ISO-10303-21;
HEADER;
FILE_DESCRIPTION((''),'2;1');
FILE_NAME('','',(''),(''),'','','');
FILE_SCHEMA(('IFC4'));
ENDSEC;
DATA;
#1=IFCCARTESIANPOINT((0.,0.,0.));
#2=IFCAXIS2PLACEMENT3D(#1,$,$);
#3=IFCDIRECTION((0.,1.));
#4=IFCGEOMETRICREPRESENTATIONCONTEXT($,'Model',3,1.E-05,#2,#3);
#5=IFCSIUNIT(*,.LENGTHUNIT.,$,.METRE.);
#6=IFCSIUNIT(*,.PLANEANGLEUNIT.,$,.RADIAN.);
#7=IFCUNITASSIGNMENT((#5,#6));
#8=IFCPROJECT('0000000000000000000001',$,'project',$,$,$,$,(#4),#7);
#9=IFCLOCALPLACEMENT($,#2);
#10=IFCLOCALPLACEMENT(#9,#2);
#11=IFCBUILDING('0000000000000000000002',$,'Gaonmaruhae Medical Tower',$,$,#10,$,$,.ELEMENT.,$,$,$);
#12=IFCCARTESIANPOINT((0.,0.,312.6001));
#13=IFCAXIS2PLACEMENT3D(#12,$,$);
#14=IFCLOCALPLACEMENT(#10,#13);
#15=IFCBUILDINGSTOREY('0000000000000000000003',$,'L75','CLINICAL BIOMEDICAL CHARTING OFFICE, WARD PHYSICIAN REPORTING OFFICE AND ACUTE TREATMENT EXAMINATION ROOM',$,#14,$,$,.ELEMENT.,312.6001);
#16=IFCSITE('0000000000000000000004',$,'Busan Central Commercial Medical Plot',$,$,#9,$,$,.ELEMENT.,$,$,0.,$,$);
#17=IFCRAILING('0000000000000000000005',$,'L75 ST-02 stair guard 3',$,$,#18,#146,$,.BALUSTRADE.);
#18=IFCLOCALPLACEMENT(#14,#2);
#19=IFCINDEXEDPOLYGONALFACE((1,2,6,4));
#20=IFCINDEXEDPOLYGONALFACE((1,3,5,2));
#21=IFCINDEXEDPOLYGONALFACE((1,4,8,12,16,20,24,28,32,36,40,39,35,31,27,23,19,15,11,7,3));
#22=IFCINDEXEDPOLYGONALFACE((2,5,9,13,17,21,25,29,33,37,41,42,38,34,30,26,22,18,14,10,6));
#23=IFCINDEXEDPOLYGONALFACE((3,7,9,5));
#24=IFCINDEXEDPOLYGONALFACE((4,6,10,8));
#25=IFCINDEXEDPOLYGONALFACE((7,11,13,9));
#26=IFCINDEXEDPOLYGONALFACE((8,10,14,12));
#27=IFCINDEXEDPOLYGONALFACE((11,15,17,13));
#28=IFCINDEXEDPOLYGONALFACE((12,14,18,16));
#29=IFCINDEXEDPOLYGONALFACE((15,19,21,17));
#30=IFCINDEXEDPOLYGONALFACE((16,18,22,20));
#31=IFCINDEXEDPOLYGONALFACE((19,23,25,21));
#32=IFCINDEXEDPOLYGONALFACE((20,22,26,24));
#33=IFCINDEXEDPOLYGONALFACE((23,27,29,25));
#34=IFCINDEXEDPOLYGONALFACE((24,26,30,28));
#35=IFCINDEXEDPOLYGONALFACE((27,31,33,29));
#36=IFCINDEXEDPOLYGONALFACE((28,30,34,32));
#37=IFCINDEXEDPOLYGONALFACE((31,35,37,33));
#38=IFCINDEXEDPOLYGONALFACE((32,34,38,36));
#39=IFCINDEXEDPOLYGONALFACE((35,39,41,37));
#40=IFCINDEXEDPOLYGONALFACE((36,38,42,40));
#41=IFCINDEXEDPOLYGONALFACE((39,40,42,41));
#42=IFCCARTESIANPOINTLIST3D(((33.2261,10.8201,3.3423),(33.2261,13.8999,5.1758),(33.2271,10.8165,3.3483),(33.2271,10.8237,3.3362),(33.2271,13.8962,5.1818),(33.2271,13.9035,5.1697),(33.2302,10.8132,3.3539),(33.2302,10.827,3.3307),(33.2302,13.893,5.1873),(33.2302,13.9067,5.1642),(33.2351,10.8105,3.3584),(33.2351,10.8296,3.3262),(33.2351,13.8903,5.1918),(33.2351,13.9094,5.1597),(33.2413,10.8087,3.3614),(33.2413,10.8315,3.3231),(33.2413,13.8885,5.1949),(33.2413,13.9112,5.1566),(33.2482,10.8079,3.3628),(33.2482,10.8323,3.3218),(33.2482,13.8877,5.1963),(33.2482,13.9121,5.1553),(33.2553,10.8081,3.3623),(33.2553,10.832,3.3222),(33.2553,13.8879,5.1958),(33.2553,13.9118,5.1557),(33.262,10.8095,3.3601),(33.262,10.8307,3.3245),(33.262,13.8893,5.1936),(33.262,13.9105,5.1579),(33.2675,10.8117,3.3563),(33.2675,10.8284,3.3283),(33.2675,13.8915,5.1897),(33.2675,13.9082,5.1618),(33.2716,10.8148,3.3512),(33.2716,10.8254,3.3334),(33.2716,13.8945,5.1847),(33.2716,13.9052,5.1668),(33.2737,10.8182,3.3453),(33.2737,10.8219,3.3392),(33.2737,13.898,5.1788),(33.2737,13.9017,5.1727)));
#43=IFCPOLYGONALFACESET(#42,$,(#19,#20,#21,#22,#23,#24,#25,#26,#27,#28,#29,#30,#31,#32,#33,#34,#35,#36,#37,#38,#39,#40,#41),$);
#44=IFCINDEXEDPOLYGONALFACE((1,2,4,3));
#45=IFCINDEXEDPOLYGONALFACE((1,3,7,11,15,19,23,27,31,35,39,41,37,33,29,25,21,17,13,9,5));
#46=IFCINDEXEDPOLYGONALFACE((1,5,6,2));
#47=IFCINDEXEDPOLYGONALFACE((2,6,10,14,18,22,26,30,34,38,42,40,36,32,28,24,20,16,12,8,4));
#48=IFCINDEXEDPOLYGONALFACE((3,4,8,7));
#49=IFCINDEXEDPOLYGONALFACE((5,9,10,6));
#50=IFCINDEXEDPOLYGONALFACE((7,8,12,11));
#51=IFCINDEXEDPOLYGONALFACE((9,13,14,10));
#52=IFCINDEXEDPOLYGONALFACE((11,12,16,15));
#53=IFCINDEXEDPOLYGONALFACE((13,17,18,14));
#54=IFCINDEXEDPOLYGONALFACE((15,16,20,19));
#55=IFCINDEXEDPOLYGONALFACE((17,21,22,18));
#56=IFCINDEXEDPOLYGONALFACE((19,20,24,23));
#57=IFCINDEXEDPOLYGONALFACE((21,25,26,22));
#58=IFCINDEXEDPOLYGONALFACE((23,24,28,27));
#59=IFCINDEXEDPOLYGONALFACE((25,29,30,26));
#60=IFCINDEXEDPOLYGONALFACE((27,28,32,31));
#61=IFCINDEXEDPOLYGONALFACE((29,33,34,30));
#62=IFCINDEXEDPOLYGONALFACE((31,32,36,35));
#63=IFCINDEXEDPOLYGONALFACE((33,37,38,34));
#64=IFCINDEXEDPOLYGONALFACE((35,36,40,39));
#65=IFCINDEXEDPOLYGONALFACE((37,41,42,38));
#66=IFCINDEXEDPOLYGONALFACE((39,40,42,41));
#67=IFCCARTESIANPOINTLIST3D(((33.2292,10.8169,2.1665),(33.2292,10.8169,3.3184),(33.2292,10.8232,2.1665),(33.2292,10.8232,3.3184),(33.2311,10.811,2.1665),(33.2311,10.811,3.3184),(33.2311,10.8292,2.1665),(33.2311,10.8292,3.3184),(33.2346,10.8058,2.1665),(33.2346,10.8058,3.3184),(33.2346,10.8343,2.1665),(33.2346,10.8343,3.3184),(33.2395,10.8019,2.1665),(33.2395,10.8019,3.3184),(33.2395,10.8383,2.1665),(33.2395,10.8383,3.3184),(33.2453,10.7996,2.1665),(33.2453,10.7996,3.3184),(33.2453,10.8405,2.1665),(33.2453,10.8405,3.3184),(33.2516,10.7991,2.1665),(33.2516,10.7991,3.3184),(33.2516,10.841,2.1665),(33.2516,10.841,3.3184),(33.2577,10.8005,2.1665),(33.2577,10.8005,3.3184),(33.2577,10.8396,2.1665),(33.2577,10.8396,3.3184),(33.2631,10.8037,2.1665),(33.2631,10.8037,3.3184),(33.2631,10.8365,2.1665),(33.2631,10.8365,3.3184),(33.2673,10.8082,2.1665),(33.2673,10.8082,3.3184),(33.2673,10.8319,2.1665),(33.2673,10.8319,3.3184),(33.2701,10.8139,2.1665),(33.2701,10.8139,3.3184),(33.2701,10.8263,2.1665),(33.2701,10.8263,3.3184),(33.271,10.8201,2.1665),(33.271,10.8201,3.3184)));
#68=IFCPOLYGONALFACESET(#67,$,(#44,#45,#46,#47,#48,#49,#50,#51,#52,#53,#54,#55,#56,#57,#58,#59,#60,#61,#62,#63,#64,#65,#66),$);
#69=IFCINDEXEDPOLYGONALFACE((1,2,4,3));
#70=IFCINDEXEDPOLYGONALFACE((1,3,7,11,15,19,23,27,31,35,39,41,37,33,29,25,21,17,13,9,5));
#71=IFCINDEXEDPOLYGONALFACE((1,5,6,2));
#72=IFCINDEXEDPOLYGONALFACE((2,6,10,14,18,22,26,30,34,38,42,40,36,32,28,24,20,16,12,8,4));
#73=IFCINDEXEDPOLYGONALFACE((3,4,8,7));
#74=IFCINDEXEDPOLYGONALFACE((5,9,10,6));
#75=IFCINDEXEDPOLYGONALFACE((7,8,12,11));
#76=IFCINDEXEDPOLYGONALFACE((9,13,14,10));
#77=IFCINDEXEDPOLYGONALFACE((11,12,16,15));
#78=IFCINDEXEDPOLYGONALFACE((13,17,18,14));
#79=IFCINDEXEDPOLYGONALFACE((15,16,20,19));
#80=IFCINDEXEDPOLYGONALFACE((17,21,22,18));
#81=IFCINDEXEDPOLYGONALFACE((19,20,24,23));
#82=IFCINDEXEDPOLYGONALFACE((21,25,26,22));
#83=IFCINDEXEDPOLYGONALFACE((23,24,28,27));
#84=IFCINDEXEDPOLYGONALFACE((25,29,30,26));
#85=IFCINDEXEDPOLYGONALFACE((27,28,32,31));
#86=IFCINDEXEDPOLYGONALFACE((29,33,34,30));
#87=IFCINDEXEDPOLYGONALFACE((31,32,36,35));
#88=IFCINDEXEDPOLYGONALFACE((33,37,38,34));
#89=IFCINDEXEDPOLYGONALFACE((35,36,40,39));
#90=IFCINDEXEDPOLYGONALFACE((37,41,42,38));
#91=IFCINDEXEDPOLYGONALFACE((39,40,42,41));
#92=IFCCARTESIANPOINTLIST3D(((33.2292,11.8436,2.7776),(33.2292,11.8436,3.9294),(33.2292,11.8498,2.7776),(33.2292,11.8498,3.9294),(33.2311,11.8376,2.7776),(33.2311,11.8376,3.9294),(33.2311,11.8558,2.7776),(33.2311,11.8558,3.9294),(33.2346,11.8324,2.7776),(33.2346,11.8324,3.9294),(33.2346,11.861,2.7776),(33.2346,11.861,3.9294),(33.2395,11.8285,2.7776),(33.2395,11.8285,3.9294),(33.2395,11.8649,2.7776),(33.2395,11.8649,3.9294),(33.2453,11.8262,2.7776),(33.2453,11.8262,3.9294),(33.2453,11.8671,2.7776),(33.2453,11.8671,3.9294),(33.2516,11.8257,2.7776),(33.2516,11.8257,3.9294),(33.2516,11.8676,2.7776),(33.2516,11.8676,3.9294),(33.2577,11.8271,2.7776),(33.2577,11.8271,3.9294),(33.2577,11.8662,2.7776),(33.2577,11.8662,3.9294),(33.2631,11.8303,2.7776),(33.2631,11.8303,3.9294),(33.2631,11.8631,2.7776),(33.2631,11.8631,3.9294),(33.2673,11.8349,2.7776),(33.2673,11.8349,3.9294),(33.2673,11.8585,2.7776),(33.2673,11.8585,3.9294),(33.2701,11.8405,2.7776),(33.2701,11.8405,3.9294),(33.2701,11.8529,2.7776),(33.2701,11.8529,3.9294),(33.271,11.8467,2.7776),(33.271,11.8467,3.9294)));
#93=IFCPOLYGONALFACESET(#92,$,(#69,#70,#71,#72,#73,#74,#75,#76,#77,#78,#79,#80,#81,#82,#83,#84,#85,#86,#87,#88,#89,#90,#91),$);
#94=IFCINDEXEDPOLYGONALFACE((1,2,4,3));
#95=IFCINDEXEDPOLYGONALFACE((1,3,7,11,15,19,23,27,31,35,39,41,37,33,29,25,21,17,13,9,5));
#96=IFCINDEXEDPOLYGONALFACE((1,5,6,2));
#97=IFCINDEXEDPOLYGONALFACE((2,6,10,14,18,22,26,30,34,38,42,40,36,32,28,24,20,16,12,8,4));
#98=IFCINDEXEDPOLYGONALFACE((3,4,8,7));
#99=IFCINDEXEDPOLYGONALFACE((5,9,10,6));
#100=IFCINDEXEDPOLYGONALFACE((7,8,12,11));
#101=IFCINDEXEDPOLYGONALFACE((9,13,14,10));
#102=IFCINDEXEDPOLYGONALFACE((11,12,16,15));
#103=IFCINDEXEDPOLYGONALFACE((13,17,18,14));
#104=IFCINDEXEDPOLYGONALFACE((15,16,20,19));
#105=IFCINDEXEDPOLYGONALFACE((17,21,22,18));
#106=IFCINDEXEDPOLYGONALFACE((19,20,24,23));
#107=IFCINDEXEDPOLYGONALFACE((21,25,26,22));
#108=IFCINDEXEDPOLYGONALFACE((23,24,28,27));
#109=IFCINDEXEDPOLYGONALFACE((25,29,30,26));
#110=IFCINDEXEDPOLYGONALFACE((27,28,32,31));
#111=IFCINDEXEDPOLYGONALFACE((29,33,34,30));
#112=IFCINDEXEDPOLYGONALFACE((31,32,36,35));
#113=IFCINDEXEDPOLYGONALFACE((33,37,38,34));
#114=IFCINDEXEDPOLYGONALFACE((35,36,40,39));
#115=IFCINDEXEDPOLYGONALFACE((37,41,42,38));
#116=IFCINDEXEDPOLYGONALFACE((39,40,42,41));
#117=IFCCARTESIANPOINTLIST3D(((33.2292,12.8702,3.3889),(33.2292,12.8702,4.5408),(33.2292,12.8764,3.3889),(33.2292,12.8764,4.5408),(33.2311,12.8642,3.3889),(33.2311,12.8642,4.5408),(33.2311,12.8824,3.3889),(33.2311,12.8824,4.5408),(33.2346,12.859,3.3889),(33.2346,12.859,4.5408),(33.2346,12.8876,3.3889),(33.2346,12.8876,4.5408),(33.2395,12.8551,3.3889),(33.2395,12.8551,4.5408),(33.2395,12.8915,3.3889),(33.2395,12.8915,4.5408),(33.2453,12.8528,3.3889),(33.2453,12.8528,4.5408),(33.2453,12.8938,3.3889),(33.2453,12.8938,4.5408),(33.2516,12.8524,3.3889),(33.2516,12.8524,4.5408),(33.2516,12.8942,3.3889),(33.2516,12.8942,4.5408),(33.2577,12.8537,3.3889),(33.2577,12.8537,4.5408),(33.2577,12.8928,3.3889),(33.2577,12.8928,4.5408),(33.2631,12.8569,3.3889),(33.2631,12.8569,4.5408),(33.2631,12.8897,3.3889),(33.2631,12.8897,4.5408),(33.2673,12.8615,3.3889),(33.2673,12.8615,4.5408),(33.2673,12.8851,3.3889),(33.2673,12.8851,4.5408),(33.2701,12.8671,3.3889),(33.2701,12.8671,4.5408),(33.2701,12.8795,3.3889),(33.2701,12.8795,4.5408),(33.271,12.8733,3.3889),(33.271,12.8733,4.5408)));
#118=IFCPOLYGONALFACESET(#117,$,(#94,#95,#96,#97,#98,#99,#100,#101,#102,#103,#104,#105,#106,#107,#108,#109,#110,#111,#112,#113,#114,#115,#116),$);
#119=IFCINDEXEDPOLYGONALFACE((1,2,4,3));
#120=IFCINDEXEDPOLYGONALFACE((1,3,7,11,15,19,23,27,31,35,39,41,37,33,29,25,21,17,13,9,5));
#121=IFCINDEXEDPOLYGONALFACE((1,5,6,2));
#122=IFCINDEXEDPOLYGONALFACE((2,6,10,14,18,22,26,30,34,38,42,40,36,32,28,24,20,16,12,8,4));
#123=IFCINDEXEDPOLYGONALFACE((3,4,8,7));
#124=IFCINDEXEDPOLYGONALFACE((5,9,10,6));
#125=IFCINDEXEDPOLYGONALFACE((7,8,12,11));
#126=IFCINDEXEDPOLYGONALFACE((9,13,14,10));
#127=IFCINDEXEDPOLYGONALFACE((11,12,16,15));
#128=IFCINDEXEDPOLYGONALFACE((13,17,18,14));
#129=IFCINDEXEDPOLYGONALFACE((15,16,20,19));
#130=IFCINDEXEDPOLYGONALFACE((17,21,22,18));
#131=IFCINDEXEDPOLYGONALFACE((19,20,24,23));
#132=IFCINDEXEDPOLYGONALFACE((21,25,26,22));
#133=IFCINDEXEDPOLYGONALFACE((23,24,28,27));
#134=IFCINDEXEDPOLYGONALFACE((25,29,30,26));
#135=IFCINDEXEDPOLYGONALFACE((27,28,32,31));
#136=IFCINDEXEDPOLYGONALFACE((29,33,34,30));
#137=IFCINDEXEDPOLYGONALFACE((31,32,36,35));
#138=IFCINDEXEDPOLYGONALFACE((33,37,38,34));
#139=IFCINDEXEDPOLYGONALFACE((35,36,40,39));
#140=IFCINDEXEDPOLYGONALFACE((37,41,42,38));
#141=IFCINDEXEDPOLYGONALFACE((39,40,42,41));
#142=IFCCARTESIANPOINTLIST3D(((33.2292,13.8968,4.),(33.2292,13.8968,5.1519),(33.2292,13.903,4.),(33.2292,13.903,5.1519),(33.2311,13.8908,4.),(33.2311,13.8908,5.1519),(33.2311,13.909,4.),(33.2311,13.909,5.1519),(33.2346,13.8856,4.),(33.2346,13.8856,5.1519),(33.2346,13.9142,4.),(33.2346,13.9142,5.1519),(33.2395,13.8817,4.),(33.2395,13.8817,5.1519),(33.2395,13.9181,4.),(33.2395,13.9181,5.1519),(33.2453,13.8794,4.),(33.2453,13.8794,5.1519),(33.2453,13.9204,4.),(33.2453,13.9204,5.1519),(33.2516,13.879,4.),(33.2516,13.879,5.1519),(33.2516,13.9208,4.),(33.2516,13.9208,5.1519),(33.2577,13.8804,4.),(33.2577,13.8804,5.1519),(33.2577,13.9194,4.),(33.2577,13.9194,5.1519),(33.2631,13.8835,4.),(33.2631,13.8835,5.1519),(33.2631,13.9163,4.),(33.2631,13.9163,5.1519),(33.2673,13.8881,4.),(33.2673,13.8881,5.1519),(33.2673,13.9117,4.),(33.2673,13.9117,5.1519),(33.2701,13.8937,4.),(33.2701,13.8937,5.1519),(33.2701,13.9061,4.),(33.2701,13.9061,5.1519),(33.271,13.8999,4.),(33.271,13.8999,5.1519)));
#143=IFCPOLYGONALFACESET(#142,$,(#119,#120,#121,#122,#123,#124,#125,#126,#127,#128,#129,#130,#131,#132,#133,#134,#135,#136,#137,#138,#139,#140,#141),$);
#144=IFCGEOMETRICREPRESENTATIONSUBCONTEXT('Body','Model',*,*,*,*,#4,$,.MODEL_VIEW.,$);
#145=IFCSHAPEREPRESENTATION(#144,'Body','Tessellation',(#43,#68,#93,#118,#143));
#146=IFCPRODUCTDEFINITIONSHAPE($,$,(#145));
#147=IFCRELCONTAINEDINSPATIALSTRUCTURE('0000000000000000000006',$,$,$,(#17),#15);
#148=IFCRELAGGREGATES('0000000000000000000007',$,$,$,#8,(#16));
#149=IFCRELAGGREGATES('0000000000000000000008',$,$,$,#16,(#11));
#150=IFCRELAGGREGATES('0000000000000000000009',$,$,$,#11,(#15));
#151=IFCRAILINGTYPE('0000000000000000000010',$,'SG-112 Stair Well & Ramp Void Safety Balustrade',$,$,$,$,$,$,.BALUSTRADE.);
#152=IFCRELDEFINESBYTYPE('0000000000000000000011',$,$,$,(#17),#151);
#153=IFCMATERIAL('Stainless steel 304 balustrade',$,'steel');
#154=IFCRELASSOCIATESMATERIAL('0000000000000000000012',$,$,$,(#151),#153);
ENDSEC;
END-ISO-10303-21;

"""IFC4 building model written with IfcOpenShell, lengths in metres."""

from ifc_helpers import new_model, si_unit, direction, frame, origin, origin_2d, place, context, subcontext, project, spatial, circle, extrude, material, type_object, element, save


model = new_model("IFC4")

# Units and contexts
model_context = context("Model", 3, precision=1e-05, world=origin(), true_north=direction((0.0, 1.0)))
body_context = subcontext(model_context, "Body", "Model", "MODEL_VIEW")
ifc_project = project(units=[si_unit("LENGTHUNIT", "METRE"), si_unit("PLANEANGLEUNIT", "RADIAN")], contexts=[model_context])

# Site, building, storey
site_placement = place(None, origin())
site = spatial("IfcSite", under=ifc_project, at=site_placement, Name="Busan Central Commercial Medical Plot", CompositionType="ELEMENT", RefElevation=0.0)
building_placement = place(site_placement, origin())
building = spatial("IfcBuilding", under=site, at=building_placement, Name="Gaonmaruhae Medical Tower", CompositionType="ELEMENT")
storey_placement = place(building_placement, frame((0.0, 0.0, 312.6001)))
storey = spatial("IfcBuildingStorey", under=building, at=storey_placement, Name="L75", Description="CLINICAL BIOMEDICAL CHARTING OFFICE, WARD PHYSICIAN REPORTING OFFICE AND ACUTE TREATMENT EXAMINATION ROOM", CompositionType="ELEMENT", Elevation=312.6001)

# Railing
ifc_material_1 = material(Name="Stainless steel 304 balustrade", Category="steel")
railing_type_1 = type_object("IfcRailingType", Name="SG-112 Stair Well & Ramp Void Safety Balustrade", PredefinedType="BALUSTRADE", material=ifc_material_1)
railing_1_placement = place(storey_placement, frame((33.25, 10.8201, 2.1665)))
element("IfcRailing", 1, at=railing_1_placement, inside=storey, type_object=railing_type_1, Name="L75 ST-02 stair guard 3", PredefinedType="BALUSTRADE", context=body_context, shape_type="SweptSolid", body=[
    extrude(circle(Radius=0.0239, at=origin_2d()), frame((0.0, 0.0, 1.1758), z_axis=(0.0, 0.859261, 0.511538), x_axis=(-1.0, 0.0, 0.0)), (0.0, 0.0, 1.0), 3.5842),
    extrude(circle(Radius=0.021, at=origin_2d()), origin(), (0.0, 0.0, 1.0), 1.1519),
    extrude(circle(Radius=0.021, at=origin_2d()), frame((0.0, 1.0266, 0.6111)), (0.0, 0.0, 1.0), 1.1519),
    extrude(circle(Radius=0.021, at=origin_2d()), frame((0.0, 2.0532, 1.2224)), (0.0, 0.0, 1.0), 1.1519),
    extrude(circle(Radius=0.021, at=origin_2d()), frame((0.0, 3.0798, 1.8335)), (0.0, 0.0, 1.0), 1.1519),
])

save(model, "model.ifc")
